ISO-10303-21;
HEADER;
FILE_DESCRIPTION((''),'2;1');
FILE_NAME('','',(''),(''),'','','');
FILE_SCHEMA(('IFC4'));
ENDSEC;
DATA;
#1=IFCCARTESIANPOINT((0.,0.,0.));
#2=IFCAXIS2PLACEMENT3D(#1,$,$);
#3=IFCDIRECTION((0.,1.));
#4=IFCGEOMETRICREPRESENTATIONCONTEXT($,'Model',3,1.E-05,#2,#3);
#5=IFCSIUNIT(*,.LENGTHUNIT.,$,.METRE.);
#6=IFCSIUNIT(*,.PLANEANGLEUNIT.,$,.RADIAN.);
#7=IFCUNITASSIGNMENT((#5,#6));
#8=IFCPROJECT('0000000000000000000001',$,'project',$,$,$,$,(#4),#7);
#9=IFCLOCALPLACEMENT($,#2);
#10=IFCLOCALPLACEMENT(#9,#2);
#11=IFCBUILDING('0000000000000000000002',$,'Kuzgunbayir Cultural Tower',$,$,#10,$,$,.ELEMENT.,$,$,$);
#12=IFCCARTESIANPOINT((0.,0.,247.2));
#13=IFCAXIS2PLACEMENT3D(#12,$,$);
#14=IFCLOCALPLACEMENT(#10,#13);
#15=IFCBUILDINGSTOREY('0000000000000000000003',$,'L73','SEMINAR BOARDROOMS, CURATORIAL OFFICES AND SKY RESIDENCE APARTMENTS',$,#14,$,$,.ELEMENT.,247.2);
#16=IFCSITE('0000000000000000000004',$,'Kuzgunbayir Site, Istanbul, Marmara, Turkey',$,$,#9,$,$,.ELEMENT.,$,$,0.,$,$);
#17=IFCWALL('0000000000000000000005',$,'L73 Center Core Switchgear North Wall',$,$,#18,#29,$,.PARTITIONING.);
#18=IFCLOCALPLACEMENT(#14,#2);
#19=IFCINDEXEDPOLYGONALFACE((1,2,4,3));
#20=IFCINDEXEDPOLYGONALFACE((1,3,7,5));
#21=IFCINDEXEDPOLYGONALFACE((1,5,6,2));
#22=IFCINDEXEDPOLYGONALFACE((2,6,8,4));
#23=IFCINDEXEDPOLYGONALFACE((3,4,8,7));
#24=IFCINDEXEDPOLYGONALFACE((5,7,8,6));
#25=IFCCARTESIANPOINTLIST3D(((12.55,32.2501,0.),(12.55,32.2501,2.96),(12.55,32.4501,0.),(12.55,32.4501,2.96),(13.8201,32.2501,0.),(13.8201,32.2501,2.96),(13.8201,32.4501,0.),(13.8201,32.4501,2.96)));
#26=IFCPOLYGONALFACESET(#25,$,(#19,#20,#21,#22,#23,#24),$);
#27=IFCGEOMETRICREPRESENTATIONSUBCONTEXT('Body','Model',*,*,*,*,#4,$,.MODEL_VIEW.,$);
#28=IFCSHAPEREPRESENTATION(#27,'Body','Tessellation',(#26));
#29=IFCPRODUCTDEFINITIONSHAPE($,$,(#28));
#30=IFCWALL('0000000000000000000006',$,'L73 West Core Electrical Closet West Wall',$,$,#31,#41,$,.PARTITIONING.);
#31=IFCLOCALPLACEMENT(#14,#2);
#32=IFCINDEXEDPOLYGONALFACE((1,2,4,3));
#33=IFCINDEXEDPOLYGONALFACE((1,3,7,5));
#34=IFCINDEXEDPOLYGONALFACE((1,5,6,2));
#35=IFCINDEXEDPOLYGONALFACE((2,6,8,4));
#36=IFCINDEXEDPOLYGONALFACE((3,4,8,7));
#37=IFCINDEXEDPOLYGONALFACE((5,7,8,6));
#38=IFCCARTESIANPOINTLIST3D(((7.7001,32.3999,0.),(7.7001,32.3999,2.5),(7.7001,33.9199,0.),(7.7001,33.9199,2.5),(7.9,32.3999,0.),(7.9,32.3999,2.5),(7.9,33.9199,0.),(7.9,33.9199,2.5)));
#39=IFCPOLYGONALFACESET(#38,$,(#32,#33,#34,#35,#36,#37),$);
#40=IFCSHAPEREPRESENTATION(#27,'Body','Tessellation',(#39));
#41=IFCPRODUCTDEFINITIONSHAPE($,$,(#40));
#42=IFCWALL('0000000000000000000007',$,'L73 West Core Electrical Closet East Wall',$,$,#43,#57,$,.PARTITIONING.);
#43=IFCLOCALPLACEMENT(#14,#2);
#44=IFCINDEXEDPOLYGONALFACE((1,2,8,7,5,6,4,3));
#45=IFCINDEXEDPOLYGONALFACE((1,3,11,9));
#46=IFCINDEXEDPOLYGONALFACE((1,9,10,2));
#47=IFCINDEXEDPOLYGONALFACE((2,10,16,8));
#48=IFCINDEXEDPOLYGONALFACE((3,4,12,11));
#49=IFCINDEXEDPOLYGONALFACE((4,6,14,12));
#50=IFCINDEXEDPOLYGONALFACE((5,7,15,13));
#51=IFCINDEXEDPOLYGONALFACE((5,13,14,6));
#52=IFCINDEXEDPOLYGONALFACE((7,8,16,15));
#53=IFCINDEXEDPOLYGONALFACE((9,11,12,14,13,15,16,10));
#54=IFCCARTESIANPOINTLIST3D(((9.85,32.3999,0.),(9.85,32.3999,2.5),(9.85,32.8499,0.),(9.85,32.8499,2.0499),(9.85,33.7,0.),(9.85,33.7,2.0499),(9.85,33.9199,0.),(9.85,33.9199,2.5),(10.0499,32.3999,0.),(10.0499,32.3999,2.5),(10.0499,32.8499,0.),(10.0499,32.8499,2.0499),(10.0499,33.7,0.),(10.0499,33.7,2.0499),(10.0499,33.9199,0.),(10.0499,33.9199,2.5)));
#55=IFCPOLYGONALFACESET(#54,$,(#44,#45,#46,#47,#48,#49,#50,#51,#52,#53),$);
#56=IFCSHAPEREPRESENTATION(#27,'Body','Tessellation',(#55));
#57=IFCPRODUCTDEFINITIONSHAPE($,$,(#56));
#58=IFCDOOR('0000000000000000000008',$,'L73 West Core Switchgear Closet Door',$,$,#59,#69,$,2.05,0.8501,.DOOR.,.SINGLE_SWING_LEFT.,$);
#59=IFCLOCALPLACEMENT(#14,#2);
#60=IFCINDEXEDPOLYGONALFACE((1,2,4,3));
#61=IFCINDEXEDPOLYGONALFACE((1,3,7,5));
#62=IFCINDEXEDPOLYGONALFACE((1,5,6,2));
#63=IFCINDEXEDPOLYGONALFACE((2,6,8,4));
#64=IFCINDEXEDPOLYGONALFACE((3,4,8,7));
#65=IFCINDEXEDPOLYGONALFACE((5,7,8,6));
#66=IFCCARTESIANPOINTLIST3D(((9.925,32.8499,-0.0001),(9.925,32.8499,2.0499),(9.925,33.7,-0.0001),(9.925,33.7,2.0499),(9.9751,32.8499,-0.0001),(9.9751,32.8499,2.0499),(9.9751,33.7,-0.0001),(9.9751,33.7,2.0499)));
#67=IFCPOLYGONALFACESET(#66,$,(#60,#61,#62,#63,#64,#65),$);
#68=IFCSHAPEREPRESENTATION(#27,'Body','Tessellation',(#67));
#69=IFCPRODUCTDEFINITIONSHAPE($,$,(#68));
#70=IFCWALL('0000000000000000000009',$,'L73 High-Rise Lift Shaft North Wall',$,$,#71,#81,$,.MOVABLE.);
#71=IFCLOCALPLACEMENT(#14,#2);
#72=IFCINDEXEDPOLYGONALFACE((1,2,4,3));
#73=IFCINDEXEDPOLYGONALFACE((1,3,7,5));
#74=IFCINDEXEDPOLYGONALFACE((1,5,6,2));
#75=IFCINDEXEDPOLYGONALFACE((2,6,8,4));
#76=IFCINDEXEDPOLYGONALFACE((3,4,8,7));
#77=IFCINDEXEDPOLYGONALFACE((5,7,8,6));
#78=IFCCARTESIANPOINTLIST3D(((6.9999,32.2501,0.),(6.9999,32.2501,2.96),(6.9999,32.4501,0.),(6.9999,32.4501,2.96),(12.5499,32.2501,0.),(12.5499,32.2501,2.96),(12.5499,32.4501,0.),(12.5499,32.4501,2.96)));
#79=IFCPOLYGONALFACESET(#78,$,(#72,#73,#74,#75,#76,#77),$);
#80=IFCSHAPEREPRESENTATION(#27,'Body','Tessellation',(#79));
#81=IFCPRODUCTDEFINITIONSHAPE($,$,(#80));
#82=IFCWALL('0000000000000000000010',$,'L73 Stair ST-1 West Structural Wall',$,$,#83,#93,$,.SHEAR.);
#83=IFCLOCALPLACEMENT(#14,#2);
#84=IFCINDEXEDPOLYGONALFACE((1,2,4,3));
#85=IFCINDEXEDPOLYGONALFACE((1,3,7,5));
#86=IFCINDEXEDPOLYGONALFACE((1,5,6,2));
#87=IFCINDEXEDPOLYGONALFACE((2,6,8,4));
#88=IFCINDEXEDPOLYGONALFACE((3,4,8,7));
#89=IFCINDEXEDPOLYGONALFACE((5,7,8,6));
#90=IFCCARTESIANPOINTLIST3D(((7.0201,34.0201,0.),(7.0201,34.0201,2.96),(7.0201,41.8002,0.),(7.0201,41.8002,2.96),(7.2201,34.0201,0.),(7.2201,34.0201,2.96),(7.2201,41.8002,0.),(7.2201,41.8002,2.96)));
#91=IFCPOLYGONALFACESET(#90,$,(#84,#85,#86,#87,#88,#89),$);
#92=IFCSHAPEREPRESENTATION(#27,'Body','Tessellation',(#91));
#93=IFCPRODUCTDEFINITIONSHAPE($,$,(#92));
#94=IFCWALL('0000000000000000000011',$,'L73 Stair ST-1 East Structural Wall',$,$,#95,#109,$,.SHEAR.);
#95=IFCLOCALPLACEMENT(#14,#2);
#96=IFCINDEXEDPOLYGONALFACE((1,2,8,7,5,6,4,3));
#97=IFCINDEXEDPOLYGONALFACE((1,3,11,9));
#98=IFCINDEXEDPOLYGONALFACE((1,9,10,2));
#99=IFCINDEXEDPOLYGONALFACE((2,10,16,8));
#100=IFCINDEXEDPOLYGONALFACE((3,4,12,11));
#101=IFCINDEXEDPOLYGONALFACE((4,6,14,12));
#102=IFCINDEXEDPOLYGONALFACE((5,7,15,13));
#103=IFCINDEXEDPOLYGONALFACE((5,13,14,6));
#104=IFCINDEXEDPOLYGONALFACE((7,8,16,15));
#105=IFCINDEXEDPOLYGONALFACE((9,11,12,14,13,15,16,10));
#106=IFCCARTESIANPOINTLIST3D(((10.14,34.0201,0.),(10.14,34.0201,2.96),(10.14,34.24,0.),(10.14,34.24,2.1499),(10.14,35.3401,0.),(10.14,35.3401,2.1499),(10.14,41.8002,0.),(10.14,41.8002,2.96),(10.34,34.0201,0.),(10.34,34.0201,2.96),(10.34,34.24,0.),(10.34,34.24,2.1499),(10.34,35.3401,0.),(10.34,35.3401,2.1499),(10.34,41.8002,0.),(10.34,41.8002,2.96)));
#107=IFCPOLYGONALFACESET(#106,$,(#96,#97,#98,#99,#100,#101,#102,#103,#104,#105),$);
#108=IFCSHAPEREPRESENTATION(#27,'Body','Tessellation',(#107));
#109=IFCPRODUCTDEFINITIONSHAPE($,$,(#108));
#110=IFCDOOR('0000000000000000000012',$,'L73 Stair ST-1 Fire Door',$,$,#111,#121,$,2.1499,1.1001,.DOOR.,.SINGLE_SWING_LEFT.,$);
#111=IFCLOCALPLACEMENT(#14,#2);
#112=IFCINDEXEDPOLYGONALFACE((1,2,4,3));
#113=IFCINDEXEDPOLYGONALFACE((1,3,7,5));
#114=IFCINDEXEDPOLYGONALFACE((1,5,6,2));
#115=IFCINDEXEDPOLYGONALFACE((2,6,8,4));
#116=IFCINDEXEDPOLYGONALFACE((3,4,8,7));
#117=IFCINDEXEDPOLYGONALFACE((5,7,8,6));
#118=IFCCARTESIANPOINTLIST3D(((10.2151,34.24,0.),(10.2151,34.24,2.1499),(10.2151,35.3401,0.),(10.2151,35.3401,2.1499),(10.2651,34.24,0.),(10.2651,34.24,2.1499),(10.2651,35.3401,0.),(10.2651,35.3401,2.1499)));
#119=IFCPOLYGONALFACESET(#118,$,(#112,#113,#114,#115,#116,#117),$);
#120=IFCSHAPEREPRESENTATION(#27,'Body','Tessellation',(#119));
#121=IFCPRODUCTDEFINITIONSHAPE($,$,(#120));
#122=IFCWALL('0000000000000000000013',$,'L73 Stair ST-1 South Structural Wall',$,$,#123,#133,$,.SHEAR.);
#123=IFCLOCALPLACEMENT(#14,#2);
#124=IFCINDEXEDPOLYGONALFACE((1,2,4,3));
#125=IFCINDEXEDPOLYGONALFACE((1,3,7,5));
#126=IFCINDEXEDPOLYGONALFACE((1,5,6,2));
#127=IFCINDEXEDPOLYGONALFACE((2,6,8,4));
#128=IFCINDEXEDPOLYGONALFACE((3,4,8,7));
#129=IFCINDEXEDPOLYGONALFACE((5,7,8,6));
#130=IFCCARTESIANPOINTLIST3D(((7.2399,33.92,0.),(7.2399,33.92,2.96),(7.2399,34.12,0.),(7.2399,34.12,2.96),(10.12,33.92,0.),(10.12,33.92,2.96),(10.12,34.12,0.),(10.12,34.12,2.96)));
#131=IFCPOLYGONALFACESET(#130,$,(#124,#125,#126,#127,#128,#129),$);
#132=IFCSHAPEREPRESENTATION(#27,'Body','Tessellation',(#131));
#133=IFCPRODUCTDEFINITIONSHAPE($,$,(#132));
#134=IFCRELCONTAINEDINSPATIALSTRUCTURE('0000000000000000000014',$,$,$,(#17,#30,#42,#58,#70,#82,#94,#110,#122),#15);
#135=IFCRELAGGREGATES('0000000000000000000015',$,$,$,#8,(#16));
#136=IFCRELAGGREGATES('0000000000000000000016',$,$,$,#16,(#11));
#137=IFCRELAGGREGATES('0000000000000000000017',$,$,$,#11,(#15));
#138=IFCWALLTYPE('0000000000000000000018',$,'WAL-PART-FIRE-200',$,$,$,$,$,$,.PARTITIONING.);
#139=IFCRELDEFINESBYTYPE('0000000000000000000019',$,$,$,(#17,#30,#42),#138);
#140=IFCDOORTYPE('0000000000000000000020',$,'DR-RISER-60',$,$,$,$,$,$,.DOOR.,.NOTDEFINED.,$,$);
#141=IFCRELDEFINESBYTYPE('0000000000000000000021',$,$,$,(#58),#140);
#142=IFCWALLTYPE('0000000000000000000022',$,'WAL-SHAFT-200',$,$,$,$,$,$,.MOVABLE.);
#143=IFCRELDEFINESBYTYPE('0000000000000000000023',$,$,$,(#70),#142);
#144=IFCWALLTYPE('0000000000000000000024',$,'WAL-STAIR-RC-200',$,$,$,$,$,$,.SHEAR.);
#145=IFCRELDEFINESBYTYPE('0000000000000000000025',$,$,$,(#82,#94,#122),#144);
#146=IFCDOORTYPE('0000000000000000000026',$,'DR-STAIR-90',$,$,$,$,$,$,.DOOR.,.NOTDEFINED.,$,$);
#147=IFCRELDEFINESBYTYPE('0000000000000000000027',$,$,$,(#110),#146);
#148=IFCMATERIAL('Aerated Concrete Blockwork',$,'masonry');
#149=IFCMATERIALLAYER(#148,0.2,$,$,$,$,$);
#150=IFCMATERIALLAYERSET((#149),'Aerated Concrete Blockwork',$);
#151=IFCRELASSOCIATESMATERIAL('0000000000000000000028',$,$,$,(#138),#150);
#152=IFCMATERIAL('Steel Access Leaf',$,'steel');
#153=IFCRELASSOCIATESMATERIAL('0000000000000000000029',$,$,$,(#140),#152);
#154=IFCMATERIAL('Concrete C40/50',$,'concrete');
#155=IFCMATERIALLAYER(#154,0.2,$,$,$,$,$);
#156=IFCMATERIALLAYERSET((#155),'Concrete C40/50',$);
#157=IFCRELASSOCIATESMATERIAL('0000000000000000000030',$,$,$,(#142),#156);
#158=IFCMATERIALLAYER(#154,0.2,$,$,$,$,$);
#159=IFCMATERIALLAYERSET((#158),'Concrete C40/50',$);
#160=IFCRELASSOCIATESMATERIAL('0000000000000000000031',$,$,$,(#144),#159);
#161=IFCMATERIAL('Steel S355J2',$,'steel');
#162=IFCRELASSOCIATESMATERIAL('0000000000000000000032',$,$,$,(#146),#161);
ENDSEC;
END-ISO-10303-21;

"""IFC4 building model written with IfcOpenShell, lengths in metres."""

from ifc_helpers import new_model, si_unit, direction, frame, frame_2d, origin, place, context, subcontext, project, spatial, rectangle, extrude, material, layer, layer_set, type_object, element, fill, save


model = new_model("IFC4")

# Units and contexts
model_context = context("Model", 3, precision=1e-05, world=origin(), true_north=direction((0.0, 1.0)))
body_context = subcontext(model_context, "Body", "Model", "MODEL_VIEW")
ifc_project = project(units=[si_unit("LENGTHUNIT", "METRE"), si_unit("PLANEANGLEUNIT", "RADIAN")], contexts=[model_context])

# Site, building, storey
site_placement = place(None, origin())
site = spatial("IfcSite", under=ifc_project, at=site_placement, Name="Kuzgunbayir Site, Istanbul, Marmara, Turkey", CompositionType="ELEMENT", RefElevation=0.0)
building_placement = place(site_placement, origin())
building = spatial("IfcBuilding", under=site, at=building_placement, Name="Kuzgunbayir Cultural Tower", CompositionType="ELEMENT")
storey_placement = place(building_placement, frame((0.0, 0.0, 247.2)))
storey = spatial("IfcBuildingStorey", under=building, at=storey_placement, Name="L73", Description="SEMINAR BOARDROOMS, CURATORIAL OFFICES AND SKY RESIDENCE APARTMENTS", CompositionType="ELEMENT", Elevation=247.2)

# Shared definitions
ifc_material_1 = material(Name="Steel S355J2", Category="steel")

# Shared definitions
ifc_material_2 = material(Name="Aerated Concrete Blockwork", Category="masonry")
ifc_layer_1 = layer(ifc_material_2, 0.2)
ifc_layer_set_1 = layer_set([ifc_layer_1], Name="Aerated Concrete Blockwork")
wall_type_1 = type_object("IfcWallType", Name="WAL-PART-FIRE-200", PredefinedType="PARTITIONING", material=ifc_layer_set_1)

# Walls
wall_1_placement = place(storey_placement, frame((12.55, 32.3501, 0.0), z_axis=(0.0, 0.0, 1.0), x_axis=(1.0, 0.0, 0.0)))
element("IfcWall", 1, at=wall_1_placement, inside=storey, type_object=wall_type_1, Name="L73 Center Core Switchgear North Wall", PredefinedType="PARTITIONING", context=body_context, shape_type="SweptSolid", body=[
    extrude(rectangle(XDim=1.27, YDim=0.2, at=frame_2d((0.635, 0.0))), origin(), (0.0, 0.0, 1.0), 2.96),
])
wall_2_placement = place(storey_placement, frame((7.8, 32.3999, 0.0), z_axis=(0.0, 0.0, 1.0), x_axis=(0.0, 1.0, 0.0)))
element("IfcWall", 2, at=wall_2_placement, inside=storey, type_object=wall_type_1, Name="L73 West Core Electrical Closet West Wall", PredefinedType="PARTITIONING", context=body_context, shape_type="SweptSolid", body=[
    extrude(rectangle(XDim=1.52, YDim=0.2, at=frame_2d((0.76, 0.0))), origin(), (0.0, 0.0, 1.0), 2.5),
])

# Wall, opening, door
wall_3_placement = place(storey_placement, frame((9.95, 32.3999, 0.0), z_axis=(0.0, 0.0, 1.0), x_axis=(0.0, 1.0, 0.0)))
wall_3 = element("IfcWall", 3, at=wall_3_placement, inside=storey, type_object=wall_type_1, Name="L73 West Core Electrical Closet East Wall", PredefinedType="PARTITIONING", context=body_context, shape_type="SweptSolid", body=[
    extrude(rectangle(XDim=1.52, YDim=0.2, at=frame_2d((0.76, 0.0))), origin(), (0.0, 0.0, 1.0), 2.5),
])
opening_1_placement = place(wall_3_placement, frame((0.45, 0.0, 0.0)))
opening_1 = element("IfcOpeningElement", 4, at=opening_1_placement, cuts=wall_3, PredefinedType="OPENING", context=body_context, shape_type="SweptSolid", body=[
    extrude(rectangle(XDim=0.8501, YDim=2.05, at=frame_2d((0.425, 1.0249))), frame((0.0, 0.1099, 0.0), z_axis=(0.0, -1.0, 0.0), x_axis=(1.0, 0.0, 0.0)), (0.0, 0.0, 1.0), 0.22),
])
ifc_material_3 = material(Name="Steel Access Leaf", Category="steel")
door_type_1 = type_object("IfcDoorType", Name="DR-RISER-60", OperationType="NOTDEFINED", PredefinedType="DOOR", material=ifc_material_3)
door_1_placement = place(opening_1_placement, origin())
door_1 = element("IfcDoor", 5, at=door_1_placement, inside=storey, type_object=door_type_1, Name="L73 West Core Switchgear Closet Door", OperationType="SINGLE_SWING_LEFT", OverallHeight=2.05, OverallWidth=0.8501, PredefinedType="DOOR", context=body_context, shape_type="SweptSolid", body=[
    extrude(rectangle(XDim=0.8501, YDim=2.05, at=frame_2d((0.425, 1.0249))), frame((0.0, 0.0249, 0.0), z_axis=(0.0, -1.0, 0.0), x_axis=(1.0, 0.0, 0.0)), (0.0, 0.0, 1.0), 0.05),
])
fill(opening_1, door_1)

# Walls
ifc_material_4 = material(Name="Concrete C40/50", Category="concrete")
ifc_layer_2 = layer(ifc_material_4, 0.2)
ifc_layer_set_2 = layer_set([ifc_layer_2], Name="Concrete C40/50")
wall_type_2 = type_object("IfcWallType", Name="WAL-SHAFT-200", PredefinedType="MOVABLE", material=ifc_layer_set_2)
wall_4_placement = place(storey_placement, frame((7.0, 32.3501, 0.0), z_axis=(0.0, 0.0, 1.0), x_axis=(1.0, 0.0, 0.0)))
element("IfcWall", 6, at=wall_4_placement, inside=storey, type_object=wall_type_2, Name="L73 High-Rise Lift Shaft North Wall", PredefinedType="MOVABLE", context=body_context, shape_type="SweptSolid", body=[
    extrude(rectangle(XDim=5.55, YDim=0.2, at=frame_2d((2.7749, 0.0))), origin(), (0.0, 0.0, 1.0), 2.96),
])
ifc_layer_3 = layer(ifc_material_4, 0.2)
ifc_layer_set_3 = layer_set([ifc_layer_3], Name="Concrete C40/50")
wall_type_3 = type_object("IfcWallType", Name="WAL-STAIR-RC-200", PredefinedType="SHEAR", material=ifc_layer_set_3)
wall_5_placement = place(storey_placement, frame((7.1201, 34.02, 0.0), z_axis=(0.0, 0.0, 1.0), x_axis=(0.0, 1.0, 0.0)))
element("IfcWall", 7, at=wall_5_placement, inside=storey, type_object=wall_type_3, Name="L73 Stair ST-1 West Structural Wall", PredefinedType="SHEAR", context=body_context, shape_type="SweptSolid", body=[
    extrude(rectangle(XDim=7.78, YDim=0.2, at=frame_2d((3.8901, 0.0))), origin(), (0.0, 0.0, 1.0), 2.96),
])

# Wall, opening, door
wall_6_placement = place(storey_placement, frame((10.24, 34.02, 0.0), z_axis=(0.0, 0.0, 1.0), x_axis=(0.0, 1.0, 0.0)))
wall_6 = element("IfcWall", 8, at=wall_6_placement, inside=storey, type_object=wall_type_3, Name="L73 Stair ST-1 East Structural Wall", PredefinedType="SHEAR", context=body_context, shape_type="SweptSolid", body=[
    extrude(rectangle(XDim=7.78, YDim=0.2, at=frame_2d((3.8901, 0.0))), origin(), (0.0, 0.0, 1.0), 2.96),
])
opening_2_placement = place(wall_6_placement, frame((0.22, 0.0, 0.0)))
opening_2 = element("IfcOpeningElement", 9, at=opening_2_placement, cuts=wall_6, PredefinedType="OPENING", context=body_context, shape_type="SweptSolid", body=[
    extrude(rectangle(XDim=1.1001, YDim=2.1499, at=frame_2d((0.55, 1.075))), frame((0.0, 0.1099, 0.0), z_axis=(0.0, -1.0, 0.0), x_axis=(1.0, 0.0, 0.0)), (0.0, 0.0, 1.0), 0.22),
])
door_type_2 = type_object("IfcDoorType", Name="DR-STAIR-90", OperationType="NOTDEFINED", PredefinedType="DOOR", material=ifc_material_1)
door_2_placement = place(opening_2_placement, origin())
door_2 = element("IfcDoor", 10, at=door_2_placement, inside=storey, type_object=door_type_2, Name="L73 Stair ST-1 Fire Door", OperationType="SINGLE_SWING_LEFT", OverallHeight=2.1499, OverallWidth=1.1001, PredefinedType="DOOR", context=body_context, shape_type="SweptSolid", body=[
    extrude(rectangle(XDim=1.1001, YDim=2.1499, at=frame_2d((0.55, 1.075))), frame((0.0, 0.0249, 0.0), z_axis=(0.0, -1.0, 0.0), x_axis=(1.0, 0.0, 0.0)), (0.0, 0.0, 1.0), 0.05),
])
fill(opening_2, door_2)

# Wall
wall_7_placement = place(storey_placement, frame((7.24, 34.02, 0.0), z_axis=(0.0, 0.0, 1.0), x_axis=(1.0, 0.0, 0.0)))
element("IfcWall", 11, at=wall_7_placement, inside=storey, type_object=wall_type_3, Name="L73 Stair ST-1 South Structural Wall", PredefinedType="SHEAR", context=body_context, shape_type="SweptSolid", body=[
    extrude(rectangle(XDim=2.8801, YDim=0.2, at=frame_2d((1.4399, 0.0))), origin(), (0.0, 0.0, 1.0), 2.96),
])

save(model, "model.ifc")
